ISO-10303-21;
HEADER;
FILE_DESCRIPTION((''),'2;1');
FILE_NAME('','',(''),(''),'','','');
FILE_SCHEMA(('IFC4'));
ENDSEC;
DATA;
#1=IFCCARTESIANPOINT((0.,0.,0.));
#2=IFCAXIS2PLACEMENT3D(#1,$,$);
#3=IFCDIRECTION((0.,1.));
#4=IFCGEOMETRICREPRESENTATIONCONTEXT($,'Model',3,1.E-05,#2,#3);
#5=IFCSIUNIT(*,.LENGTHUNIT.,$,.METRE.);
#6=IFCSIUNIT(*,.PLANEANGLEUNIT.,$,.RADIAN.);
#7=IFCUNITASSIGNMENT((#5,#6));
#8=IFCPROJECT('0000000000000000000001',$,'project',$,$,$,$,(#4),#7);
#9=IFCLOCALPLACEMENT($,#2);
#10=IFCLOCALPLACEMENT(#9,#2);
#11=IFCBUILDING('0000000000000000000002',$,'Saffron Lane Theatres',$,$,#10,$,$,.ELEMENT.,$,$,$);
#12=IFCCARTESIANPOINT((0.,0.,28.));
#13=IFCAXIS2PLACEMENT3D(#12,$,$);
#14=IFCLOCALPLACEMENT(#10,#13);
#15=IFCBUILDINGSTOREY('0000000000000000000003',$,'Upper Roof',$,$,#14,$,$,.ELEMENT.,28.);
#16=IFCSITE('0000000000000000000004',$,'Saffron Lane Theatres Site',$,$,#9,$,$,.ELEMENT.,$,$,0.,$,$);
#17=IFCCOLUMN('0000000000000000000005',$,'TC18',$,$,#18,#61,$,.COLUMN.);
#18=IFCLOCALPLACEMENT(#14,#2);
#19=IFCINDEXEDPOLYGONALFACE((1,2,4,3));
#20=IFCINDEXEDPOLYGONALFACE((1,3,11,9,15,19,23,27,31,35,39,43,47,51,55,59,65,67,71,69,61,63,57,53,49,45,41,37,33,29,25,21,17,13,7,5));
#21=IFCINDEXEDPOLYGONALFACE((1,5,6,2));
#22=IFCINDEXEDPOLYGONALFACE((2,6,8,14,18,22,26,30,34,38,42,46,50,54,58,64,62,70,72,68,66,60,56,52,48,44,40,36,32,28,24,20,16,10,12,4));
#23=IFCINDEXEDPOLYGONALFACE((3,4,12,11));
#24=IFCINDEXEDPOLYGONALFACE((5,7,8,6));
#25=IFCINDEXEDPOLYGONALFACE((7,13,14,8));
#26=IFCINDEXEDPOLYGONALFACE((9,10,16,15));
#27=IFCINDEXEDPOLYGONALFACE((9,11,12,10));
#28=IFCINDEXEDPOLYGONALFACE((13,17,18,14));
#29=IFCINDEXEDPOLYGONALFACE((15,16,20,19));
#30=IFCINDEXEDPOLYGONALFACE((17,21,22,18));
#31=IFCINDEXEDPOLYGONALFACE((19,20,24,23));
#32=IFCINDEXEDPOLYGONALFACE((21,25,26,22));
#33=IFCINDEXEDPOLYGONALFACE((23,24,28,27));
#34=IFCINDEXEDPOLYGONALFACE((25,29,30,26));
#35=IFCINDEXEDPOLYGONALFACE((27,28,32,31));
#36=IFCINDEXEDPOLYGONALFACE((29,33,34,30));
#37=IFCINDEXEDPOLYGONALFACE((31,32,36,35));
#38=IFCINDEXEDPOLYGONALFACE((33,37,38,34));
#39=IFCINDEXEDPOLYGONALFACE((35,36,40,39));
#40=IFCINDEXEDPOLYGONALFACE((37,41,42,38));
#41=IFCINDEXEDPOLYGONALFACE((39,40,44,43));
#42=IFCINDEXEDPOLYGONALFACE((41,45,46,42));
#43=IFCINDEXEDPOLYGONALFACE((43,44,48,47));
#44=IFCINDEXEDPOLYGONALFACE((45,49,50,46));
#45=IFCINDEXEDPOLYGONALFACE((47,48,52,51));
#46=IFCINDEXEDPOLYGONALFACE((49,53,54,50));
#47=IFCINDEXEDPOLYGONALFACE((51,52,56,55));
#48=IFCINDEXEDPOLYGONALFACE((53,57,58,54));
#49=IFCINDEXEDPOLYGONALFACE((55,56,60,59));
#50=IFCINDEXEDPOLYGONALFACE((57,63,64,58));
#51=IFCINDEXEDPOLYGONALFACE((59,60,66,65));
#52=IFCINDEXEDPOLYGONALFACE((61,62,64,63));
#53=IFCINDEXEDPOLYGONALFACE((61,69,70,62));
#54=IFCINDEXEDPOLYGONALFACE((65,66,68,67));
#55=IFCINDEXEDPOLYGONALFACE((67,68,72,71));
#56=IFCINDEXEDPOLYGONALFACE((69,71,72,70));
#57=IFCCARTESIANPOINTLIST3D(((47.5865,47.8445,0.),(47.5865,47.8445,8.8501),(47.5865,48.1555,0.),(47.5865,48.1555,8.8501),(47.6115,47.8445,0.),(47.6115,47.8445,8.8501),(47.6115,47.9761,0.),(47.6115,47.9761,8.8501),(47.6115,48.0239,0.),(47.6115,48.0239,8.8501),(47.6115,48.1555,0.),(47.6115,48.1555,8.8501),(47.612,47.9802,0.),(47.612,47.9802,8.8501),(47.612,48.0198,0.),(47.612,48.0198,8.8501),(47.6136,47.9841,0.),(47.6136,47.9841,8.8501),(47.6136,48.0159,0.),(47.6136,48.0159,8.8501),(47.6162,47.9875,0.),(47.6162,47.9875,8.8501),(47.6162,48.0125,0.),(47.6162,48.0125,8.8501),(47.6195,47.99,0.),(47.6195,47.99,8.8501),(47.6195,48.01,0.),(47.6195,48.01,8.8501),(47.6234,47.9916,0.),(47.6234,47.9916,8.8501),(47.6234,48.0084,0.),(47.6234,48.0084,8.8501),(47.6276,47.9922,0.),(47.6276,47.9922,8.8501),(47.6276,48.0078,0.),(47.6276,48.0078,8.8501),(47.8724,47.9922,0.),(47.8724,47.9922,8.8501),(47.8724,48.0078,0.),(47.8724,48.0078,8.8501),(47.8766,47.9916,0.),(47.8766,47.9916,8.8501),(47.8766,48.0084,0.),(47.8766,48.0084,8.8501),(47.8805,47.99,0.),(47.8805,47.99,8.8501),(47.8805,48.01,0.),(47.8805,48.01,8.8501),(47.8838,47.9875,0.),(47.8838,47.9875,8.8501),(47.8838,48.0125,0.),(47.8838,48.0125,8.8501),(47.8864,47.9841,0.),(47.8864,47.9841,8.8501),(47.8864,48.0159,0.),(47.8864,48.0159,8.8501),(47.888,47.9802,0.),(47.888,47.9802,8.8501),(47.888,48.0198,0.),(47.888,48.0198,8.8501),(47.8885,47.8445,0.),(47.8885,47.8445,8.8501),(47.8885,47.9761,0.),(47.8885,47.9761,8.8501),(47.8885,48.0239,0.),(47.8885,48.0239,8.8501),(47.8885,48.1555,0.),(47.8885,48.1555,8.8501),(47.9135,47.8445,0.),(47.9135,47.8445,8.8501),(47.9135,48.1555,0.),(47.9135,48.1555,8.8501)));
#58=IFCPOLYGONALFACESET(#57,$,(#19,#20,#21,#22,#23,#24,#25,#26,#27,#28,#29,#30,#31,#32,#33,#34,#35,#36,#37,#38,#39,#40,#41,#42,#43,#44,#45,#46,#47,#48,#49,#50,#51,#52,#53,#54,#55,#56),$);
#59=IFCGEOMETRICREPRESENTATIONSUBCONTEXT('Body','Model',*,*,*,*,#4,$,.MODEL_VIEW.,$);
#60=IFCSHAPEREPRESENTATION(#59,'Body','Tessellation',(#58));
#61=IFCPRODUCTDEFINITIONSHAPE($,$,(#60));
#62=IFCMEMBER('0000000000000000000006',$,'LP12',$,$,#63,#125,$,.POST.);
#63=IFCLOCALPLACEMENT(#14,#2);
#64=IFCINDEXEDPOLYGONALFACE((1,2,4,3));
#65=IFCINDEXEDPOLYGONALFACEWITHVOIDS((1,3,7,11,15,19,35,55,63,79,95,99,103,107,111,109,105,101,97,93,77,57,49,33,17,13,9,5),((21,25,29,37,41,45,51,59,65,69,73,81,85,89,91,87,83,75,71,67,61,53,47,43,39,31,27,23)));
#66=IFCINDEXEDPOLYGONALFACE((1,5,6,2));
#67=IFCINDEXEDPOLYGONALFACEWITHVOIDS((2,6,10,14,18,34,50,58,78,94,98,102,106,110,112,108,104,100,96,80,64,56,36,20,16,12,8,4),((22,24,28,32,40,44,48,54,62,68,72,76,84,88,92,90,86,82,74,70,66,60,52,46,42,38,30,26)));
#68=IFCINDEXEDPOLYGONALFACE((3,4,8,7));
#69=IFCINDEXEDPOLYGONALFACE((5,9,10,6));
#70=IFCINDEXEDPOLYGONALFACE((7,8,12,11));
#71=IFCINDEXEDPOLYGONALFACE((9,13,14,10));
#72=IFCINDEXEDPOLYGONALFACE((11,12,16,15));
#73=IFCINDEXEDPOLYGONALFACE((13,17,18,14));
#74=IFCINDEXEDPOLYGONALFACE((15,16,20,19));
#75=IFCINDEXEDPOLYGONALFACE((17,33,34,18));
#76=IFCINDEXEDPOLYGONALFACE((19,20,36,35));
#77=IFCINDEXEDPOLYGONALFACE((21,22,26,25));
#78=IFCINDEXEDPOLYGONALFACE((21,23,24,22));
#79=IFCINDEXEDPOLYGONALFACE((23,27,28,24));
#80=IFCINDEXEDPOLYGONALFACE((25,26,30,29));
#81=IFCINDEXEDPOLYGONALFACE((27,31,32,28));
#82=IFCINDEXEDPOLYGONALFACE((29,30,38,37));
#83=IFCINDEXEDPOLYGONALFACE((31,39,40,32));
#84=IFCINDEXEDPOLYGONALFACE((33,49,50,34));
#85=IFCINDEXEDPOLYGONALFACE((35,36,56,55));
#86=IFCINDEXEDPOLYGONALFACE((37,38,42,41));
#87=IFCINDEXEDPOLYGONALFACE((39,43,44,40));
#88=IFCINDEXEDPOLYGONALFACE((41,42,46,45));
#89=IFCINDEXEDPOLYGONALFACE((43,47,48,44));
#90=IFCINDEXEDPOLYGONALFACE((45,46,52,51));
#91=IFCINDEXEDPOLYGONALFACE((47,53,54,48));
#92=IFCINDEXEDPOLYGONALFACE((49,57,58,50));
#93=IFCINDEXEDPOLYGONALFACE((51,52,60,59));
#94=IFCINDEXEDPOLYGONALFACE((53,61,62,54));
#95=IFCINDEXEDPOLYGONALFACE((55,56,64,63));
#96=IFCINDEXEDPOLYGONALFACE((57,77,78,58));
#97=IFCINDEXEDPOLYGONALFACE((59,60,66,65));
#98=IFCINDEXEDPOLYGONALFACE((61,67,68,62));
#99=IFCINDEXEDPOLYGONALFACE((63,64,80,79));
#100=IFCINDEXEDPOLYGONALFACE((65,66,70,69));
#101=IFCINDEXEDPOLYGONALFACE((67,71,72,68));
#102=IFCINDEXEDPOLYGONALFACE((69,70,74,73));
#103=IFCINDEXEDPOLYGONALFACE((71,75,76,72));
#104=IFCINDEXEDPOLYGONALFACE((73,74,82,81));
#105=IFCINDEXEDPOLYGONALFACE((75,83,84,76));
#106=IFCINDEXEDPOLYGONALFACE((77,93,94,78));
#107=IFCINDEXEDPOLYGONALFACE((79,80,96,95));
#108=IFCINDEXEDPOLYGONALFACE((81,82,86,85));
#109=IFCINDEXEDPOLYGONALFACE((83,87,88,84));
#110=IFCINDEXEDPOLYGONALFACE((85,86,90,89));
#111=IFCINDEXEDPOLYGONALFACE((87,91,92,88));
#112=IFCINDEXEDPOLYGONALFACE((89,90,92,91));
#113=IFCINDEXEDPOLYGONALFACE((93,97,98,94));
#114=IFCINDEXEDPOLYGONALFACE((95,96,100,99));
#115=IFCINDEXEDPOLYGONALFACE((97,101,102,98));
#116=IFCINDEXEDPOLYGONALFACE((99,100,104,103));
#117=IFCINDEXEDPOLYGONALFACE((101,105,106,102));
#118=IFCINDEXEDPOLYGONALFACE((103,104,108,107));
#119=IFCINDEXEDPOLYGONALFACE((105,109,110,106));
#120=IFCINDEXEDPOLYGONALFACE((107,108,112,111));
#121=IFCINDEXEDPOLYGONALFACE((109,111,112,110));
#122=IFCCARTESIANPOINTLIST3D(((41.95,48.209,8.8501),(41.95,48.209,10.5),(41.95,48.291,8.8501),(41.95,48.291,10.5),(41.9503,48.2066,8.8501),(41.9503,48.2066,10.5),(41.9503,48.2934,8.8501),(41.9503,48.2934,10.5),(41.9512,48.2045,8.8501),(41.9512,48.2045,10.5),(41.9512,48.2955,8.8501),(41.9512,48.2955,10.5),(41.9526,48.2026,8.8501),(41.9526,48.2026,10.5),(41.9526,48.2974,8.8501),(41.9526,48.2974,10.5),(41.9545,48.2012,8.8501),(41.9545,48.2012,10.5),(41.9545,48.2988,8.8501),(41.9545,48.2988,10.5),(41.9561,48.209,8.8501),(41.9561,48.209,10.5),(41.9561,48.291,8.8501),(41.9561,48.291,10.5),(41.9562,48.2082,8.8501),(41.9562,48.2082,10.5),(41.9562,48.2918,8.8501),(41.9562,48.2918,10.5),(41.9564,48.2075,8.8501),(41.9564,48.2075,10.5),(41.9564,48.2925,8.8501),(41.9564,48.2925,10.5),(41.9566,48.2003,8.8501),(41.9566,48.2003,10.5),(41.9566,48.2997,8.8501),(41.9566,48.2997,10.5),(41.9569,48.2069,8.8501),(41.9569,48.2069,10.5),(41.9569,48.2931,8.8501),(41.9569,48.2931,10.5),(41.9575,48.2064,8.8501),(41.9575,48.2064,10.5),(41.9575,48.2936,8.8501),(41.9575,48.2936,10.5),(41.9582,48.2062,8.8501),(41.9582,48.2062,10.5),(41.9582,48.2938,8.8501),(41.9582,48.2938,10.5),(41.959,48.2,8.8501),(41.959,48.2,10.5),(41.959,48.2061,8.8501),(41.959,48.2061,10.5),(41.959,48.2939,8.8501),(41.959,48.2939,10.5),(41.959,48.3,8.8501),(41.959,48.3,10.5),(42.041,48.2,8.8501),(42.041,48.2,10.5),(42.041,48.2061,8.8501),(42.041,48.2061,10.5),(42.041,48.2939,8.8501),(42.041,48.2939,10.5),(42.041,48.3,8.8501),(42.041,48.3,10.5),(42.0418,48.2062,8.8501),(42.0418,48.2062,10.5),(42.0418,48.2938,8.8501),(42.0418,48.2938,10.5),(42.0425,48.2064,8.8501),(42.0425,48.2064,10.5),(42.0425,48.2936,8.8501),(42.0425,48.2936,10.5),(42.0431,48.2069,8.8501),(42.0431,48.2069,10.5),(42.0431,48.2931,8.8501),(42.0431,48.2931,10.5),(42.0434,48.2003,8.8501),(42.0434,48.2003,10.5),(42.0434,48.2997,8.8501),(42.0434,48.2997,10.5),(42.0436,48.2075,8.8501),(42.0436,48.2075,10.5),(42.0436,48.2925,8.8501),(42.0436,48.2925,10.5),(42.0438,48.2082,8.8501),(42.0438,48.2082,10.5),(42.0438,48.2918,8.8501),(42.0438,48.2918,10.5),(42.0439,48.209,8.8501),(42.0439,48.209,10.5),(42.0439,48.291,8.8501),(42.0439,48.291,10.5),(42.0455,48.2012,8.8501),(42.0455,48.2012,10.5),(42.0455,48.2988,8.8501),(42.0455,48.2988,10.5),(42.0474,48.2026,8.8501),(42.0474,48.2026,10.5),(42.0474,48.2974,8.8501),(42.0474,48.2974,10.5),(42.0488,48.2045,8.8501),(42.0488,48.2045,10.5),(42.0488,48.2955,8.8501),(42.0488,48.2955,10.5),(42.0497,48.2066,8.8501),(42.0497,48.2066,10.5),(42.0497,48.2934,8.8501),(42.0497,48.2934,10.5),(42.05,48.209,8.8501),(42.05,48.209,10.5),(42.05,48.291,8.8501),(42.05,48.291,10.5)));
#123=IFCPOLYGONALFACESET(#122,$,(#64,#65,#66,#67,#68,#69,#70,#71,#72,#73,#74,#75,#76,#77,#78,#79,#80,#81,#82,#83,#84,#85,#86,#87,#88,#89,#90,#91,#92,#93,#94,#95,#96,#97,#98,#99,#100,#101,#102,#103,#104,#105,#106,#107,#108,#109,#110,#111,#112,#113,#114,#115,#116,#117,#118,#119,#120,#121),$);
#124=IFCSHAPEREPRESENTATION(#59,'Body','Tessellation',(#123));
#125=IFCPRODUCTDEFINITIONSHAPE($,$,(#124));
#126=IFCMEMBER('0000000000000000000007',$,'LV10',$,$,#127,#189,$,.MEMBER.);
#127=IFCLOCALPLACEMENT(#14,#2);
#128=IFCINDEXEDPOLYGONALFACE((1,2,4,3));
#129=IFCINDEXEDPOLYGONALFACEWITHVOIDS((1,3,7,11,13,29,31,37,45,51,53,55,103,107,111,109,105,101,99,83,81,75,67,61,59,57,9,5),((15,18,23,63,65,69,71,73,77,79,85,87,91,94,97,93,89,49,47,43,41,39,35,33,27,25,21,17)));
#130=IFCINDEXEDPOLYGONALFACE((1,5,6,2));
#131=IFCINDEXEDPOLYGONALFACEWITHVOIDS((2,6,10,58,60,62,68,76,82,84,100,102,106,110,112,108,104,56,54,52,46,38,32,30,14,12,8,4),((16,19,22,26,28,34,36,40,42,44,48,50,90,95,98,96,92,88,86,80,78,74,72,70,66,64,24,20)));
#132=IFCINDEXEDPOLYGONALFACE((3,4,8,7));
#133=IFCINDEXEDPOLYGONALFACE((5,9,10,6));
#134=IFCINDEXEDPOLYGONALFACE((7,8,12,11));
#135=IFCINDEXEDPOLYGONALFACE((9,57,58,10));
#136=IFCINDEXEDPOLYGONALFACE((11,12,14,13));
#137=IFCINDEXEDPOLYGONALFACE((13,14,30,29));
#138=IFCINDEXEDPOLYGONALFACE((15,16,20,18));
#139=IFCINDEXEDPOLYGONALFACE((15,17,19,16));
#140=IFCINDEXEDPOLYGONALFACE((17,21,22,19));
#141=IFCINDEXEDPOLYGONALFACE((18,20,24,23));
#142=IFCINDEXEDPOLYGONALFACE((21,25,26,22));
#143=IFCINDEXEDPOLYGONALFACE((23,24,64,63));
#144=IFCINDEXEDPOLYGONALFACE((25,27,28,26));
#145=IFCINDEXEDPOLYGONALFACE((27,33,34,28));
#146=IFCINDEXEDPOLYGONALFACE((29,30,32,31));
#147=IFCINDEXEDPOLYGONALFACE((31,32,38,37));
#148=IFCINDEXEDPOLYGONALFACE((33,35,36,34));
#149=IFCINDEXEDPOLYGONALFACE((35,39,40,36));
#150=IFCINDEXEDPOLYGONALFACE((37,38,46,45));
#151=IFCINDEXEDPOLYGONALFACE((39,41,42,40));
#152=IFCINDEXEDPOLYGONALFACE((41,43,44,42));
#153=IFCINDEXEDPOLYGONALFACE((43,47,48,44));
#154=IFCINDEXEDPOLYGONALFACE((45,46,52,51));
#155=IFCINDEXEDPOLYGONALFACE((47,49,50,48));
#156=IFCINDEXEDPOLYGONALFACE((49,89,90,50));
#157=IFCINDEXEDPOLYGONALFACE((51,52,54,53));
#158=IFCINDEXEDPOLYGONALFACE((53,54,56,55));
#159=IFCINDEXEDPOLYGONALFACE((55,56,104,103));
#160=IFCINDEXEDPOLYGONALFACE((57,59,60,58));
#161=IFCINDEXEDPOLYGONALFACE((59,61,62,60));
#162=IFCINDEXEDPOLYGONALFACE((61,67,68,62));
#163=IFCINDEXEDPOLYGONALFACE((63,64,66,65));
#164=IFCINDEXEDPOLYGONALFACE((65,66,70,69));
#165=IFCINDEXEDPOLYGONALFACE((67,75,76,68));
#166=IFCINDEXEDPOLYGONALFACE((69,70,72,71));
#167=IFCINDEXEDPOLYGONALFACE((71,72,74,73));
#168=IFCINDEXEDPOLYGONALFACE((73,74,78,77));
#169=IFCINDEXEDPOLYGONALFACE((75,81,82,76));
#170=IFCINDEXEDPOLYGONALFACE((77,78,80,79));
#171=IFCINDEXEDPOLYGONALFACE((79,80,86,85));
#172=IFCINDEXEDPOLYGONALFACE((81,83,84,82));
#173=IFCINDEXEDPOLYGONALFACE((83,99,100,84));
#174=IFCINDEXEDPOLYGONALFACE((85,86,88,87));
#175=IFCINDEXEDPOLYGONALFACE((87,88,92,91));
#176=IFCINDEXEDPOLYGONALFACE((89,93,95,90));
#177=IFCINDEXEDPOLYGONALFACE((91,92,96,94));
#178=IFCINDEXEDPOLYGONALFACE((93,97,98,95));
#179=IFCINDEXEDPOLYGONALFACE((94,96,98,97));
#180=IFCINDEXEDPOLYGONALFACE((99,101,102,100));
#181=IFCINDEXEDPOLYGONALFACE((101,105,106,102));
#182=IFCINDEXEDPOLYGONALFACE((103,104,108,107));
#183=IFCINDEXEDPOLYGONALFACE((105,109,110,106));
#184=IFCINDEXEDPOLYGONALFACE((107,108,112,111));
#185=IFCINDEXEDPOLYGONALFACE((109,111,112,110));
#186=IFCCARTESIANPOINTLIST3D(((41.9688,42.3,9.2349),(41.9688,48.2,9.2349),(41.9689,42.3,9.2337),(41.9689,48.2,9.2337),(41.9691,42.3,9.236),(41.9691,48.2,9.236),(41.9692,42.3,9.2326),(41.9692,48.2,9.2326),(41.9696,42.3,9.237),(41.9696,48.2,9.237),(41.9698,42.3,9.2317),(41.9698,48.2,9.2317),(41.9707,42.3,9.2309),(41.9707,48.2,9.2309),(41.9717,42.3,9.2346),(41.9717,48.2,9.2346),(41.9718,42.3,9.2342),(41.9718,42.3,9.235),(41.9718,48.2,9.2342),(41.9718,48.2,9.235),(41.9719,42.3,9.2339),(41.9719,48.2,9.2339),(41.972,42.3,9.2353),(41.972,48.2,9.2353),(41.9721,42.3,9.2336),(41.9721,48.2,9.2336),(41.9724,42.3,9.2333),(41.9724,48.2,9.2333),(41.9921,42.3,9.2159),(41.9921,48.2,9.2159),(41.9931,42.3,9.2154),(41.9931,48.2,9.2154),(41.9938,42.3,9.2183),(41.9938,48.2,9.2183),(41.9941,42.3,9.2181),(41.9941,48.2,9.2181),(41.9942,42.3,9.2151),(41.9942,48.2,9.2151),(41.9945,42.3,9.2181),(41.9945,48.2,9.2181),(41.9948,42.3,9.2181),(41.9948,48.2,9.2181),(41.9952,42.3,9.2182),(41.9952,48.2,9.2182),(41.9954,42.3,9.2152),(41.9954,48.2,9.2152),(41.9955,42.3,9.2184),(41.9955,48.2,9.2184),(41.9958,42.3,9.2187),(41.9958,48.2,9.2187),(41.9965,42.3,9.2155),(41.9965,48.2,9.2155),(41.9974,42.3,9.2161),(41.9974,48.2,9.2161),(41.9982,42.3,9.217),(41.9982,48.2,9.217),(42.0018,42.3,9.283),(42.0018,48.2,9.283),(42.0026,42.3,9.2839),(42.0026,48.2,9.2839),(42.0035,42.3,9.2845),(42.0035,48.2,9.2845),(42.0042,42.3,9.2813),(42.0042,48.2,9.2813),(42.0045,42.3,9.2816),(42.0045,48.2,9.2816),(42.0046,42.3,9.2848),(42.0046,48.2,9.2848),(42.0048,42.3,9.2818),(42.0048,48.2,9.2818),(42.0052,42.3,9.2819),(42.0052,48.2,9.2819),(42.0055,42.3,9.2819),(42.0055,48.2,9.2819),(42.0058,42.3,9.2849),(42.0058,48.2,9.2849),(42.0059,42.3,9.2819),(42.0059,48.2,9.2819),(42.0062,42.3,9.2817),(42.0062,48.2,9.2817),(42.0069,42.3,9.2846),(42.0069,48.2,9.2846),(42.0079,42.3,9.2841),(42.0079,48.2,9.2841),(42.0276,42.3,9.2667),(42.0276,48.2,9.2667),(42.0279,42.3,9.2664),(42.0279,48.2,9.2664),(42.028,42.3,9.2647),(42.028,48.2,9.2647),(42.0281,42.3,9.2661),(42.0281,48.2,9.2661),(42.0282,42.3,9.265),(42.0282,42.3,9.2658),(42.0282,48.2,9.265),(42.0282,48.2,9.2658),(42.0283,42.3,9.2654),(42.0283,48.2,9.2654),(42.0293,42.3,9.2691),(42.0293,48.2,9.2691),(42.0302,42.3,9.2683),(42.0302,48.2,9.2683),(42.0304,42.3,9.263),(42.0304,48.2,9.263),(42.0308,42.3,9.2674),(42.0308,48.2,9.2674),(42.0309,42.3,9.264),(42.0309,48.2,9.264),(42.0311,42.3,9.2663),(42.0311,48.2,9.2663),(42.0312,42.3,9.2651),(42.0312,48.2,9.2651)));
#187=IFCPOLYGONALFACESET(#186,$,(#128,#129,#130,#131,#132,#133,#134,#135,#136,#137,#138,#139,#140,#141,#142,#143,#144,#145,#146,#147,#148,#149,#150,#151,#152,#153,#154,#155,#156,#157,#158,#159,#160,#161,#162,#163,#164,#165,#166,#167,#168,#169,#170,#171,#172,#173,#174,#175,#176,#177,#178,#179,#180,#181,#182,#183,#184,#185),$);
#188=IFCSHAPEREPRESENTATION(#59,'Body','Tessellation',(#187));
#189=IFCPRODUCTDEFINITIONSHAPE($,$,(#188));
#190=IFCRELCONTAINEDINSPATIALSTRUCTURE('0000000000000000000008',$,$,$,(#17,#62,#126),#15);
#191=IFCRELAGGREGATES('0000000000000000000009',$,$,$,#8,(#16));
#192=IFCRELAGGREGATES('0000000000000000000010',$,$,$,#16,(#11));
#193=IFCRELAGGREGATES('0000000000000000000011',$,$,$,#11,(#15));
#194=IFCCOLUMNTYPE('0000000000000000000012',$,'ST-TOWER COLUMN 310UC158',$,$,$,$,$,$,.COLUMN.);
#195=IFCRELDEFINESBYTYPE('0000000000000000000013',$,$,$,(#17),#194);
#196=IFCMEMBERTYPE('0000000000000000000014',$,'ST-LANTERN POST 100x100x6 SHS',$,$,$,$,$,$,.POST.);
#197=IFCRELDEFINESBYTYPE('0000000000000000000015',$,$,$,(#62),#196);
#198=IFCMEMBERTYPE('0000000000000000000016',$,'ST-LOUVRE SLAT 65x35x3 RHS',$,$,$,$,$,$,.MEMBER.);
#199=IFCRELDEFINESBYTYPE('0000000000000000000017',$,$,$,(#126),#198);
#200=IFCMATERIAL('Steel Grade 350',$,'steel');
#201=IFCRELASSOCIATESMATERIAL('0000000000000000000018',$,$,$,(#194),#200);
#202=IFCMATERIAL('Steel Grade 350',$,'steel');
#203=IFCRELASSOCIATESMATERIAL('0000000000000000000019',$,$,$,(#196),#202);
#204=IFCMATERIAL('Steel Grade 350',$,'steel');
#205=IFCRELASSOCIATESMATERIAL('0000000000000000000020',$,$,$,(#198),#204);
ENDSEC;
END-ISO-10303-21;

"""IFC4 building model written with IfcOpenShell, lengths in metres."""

from ifc_helpers import new_model, si_unit, direction, frame, origin, origin_2d, place, context, subcontext, project, spatial, hollow_rectangle, i_section, extrude, material, material_profile, profile_set, type_object, element, save


model = new_model("IFC4")

# Units and contexts
model_context = context("Model", 3, precision=1e-05, world=origin(), true_north=direction((0.0, 1.0)))
body_context = subcontext(model_context, "Body", "Model", "MODEL_VIEW")
ifc_project = project(units=[si_unit("LENGTHUNIT", "METRE"), si_unit("PLANEANGLEUNIT", "RADIAN")], contexts=[model_context])

# Site, building, storey
site_placement = place(None, origin())
site = spatial("IfcSite", under=ifc_project, at=site_placement, Name="Saffron Lane Theatres Site", CompositionType="ELEMENT", RefElevation=0.0)
building_placement = place(site_placement, origin())
building = spatial("IfcBuilding", under=site, at=building_placement, Name="Saffron Lane Theatres", CompositionType="ELEMENT")
storey_placement = place(building_placement, frame((0.0, 0.0, 28.0)))
storey = spatial("IfcBuildingStorey", under=building, at=storey_placement, Name="Upper Roof", CompositionType="ELEMENT", Elevation=28.0)

# Column
ifc_material_1 = material(Name="Steel Grade 350", Category="steel")
ifc_material_profile_1 = material_profile(ifc_material_1, i_section(OverallWidth=0.311, OverallDepth=0.3269, WebThickness=0.0156, FlangeThickness=0.0249, FilletRadius=0.0161, at=origin_2d()))
ifc_profile_set_1 = profile_set([ifc_material_profile_1], Name="Steel Grade 350")
column_type = type_object("IfcColumnType", Name="ST-TOWER COLUMN 310UC158", PredefinedType="COLUMN", material=ifc_profile_set_1)
column_placement = place(storey_placement, frame((47.75, 48.0, 0.0), z_axis=(0.0, 0.0, 1.0), x_axis=(0.0, 1.0, 0.0)))
element("IfcColumn", 1, at=column_placement, inside=storey, type_object=column_type, Name="TC18", PredefinedType="COLUMN", context=body_context, shape_type="SweptSolid", body=[
    extrude(i_section(OverallWidth=0.311, OverallDepth=0.3269, WebThickness=0.0156, FlangeThickness=0.0249, FilletRadius=0.0161, at=origin_2d()), origin(), (0.0, 0.0, 1.0), 8.8501),
])

# Members
ifc_material_2 = material(Name="Steel Grade 350", Category="steel")
ifc_material_profile_2 = material_profile(ifc_material_2, hollow_rectangle(XDim=0.1001, YDim=0.1001, WallThickness=0.0061, InnerFilletRadius=0.0029, OuterFilletRadius=0.009, at=origin_2d()))
ifc_profile_set_2 = profile_set([ifc_material_profile_2], Name="Steel Grade 350")
member_type_1 = type_object("IfcMemberType", Name="ST-LANTERN POST 100x100x6 SHS", PredefinedType="POST", material=ifc_profile_set_2)
member_1_placement = place(storey_placement, frame((42.0, 48.25, 8.8501), z_axis=(0.0, 0.0, 1.0), x_axis=(1.0, 0.0, 0.0)))
element("IfcMember", 2, at=member_1_placement, inside=storey, type_object=member_type_1, Name="LP12", PredefinedType="POST", context=body_context, shape_type="SweptSolid", body=[
    extrude(hollow_rectangle(XDim=0.1001, YDim=0.1001, WallThickness=0.0061, InnerFilletRadius=0.0029, OuterFilletRadius=0.009, at=origin_2d()), origin(), (0.0, 0.0, 1.0), 1.6499),
])
ifc_material_3 = material(Name="Steel Grade 350", Category="steel")
ifc_material_profile_3 = material_profile(ifc_material_3, hollow_rectangle(XDim=0.0349, YDim=0.0649, WallThickness=0.0029, InnerFilletRadius=0.0015, OuterFilletRadius=0.0044, at=origin_2d()))
ifc_profile_set_3 = profile_set([ifc_material_profile_3], Name="Steel Grade 350")
member_type_2 = type_object("IfcMemberType", Name="ST-LOUVRE SLAT 65x35x3 RHS", PredefinedType="MEMBER", material=ifc_profile_set_3)
for number, where, z_axis, x_axis, name in (
    (3, (42.0, 42.3, 9.25), (0.0, 1.0, 0.0), (-0.819152, 0.0, 0.573576), "LV10"),
):
    element("IfcMember", number, at=place(storey_placement, frame(where, z_axis=z_axis, x_axis=x_axis)), inside=storey, type_object=member_type_2, Name=name, PredefinedType="MEMBER", context=body_context, shape_type="SweptSolid", body=[
        extrude(hollow_rectangle(XDim=0.0349, YDim=0.0649, WallThickness=0.0029, InnerFilletRadius=0.0015, OuterFilletRadius=0.0044, at=origin_2d()), origin(), (0.0, 0.0, 1.0), 5.8999),
    ])

save(model, "model.ifc")
